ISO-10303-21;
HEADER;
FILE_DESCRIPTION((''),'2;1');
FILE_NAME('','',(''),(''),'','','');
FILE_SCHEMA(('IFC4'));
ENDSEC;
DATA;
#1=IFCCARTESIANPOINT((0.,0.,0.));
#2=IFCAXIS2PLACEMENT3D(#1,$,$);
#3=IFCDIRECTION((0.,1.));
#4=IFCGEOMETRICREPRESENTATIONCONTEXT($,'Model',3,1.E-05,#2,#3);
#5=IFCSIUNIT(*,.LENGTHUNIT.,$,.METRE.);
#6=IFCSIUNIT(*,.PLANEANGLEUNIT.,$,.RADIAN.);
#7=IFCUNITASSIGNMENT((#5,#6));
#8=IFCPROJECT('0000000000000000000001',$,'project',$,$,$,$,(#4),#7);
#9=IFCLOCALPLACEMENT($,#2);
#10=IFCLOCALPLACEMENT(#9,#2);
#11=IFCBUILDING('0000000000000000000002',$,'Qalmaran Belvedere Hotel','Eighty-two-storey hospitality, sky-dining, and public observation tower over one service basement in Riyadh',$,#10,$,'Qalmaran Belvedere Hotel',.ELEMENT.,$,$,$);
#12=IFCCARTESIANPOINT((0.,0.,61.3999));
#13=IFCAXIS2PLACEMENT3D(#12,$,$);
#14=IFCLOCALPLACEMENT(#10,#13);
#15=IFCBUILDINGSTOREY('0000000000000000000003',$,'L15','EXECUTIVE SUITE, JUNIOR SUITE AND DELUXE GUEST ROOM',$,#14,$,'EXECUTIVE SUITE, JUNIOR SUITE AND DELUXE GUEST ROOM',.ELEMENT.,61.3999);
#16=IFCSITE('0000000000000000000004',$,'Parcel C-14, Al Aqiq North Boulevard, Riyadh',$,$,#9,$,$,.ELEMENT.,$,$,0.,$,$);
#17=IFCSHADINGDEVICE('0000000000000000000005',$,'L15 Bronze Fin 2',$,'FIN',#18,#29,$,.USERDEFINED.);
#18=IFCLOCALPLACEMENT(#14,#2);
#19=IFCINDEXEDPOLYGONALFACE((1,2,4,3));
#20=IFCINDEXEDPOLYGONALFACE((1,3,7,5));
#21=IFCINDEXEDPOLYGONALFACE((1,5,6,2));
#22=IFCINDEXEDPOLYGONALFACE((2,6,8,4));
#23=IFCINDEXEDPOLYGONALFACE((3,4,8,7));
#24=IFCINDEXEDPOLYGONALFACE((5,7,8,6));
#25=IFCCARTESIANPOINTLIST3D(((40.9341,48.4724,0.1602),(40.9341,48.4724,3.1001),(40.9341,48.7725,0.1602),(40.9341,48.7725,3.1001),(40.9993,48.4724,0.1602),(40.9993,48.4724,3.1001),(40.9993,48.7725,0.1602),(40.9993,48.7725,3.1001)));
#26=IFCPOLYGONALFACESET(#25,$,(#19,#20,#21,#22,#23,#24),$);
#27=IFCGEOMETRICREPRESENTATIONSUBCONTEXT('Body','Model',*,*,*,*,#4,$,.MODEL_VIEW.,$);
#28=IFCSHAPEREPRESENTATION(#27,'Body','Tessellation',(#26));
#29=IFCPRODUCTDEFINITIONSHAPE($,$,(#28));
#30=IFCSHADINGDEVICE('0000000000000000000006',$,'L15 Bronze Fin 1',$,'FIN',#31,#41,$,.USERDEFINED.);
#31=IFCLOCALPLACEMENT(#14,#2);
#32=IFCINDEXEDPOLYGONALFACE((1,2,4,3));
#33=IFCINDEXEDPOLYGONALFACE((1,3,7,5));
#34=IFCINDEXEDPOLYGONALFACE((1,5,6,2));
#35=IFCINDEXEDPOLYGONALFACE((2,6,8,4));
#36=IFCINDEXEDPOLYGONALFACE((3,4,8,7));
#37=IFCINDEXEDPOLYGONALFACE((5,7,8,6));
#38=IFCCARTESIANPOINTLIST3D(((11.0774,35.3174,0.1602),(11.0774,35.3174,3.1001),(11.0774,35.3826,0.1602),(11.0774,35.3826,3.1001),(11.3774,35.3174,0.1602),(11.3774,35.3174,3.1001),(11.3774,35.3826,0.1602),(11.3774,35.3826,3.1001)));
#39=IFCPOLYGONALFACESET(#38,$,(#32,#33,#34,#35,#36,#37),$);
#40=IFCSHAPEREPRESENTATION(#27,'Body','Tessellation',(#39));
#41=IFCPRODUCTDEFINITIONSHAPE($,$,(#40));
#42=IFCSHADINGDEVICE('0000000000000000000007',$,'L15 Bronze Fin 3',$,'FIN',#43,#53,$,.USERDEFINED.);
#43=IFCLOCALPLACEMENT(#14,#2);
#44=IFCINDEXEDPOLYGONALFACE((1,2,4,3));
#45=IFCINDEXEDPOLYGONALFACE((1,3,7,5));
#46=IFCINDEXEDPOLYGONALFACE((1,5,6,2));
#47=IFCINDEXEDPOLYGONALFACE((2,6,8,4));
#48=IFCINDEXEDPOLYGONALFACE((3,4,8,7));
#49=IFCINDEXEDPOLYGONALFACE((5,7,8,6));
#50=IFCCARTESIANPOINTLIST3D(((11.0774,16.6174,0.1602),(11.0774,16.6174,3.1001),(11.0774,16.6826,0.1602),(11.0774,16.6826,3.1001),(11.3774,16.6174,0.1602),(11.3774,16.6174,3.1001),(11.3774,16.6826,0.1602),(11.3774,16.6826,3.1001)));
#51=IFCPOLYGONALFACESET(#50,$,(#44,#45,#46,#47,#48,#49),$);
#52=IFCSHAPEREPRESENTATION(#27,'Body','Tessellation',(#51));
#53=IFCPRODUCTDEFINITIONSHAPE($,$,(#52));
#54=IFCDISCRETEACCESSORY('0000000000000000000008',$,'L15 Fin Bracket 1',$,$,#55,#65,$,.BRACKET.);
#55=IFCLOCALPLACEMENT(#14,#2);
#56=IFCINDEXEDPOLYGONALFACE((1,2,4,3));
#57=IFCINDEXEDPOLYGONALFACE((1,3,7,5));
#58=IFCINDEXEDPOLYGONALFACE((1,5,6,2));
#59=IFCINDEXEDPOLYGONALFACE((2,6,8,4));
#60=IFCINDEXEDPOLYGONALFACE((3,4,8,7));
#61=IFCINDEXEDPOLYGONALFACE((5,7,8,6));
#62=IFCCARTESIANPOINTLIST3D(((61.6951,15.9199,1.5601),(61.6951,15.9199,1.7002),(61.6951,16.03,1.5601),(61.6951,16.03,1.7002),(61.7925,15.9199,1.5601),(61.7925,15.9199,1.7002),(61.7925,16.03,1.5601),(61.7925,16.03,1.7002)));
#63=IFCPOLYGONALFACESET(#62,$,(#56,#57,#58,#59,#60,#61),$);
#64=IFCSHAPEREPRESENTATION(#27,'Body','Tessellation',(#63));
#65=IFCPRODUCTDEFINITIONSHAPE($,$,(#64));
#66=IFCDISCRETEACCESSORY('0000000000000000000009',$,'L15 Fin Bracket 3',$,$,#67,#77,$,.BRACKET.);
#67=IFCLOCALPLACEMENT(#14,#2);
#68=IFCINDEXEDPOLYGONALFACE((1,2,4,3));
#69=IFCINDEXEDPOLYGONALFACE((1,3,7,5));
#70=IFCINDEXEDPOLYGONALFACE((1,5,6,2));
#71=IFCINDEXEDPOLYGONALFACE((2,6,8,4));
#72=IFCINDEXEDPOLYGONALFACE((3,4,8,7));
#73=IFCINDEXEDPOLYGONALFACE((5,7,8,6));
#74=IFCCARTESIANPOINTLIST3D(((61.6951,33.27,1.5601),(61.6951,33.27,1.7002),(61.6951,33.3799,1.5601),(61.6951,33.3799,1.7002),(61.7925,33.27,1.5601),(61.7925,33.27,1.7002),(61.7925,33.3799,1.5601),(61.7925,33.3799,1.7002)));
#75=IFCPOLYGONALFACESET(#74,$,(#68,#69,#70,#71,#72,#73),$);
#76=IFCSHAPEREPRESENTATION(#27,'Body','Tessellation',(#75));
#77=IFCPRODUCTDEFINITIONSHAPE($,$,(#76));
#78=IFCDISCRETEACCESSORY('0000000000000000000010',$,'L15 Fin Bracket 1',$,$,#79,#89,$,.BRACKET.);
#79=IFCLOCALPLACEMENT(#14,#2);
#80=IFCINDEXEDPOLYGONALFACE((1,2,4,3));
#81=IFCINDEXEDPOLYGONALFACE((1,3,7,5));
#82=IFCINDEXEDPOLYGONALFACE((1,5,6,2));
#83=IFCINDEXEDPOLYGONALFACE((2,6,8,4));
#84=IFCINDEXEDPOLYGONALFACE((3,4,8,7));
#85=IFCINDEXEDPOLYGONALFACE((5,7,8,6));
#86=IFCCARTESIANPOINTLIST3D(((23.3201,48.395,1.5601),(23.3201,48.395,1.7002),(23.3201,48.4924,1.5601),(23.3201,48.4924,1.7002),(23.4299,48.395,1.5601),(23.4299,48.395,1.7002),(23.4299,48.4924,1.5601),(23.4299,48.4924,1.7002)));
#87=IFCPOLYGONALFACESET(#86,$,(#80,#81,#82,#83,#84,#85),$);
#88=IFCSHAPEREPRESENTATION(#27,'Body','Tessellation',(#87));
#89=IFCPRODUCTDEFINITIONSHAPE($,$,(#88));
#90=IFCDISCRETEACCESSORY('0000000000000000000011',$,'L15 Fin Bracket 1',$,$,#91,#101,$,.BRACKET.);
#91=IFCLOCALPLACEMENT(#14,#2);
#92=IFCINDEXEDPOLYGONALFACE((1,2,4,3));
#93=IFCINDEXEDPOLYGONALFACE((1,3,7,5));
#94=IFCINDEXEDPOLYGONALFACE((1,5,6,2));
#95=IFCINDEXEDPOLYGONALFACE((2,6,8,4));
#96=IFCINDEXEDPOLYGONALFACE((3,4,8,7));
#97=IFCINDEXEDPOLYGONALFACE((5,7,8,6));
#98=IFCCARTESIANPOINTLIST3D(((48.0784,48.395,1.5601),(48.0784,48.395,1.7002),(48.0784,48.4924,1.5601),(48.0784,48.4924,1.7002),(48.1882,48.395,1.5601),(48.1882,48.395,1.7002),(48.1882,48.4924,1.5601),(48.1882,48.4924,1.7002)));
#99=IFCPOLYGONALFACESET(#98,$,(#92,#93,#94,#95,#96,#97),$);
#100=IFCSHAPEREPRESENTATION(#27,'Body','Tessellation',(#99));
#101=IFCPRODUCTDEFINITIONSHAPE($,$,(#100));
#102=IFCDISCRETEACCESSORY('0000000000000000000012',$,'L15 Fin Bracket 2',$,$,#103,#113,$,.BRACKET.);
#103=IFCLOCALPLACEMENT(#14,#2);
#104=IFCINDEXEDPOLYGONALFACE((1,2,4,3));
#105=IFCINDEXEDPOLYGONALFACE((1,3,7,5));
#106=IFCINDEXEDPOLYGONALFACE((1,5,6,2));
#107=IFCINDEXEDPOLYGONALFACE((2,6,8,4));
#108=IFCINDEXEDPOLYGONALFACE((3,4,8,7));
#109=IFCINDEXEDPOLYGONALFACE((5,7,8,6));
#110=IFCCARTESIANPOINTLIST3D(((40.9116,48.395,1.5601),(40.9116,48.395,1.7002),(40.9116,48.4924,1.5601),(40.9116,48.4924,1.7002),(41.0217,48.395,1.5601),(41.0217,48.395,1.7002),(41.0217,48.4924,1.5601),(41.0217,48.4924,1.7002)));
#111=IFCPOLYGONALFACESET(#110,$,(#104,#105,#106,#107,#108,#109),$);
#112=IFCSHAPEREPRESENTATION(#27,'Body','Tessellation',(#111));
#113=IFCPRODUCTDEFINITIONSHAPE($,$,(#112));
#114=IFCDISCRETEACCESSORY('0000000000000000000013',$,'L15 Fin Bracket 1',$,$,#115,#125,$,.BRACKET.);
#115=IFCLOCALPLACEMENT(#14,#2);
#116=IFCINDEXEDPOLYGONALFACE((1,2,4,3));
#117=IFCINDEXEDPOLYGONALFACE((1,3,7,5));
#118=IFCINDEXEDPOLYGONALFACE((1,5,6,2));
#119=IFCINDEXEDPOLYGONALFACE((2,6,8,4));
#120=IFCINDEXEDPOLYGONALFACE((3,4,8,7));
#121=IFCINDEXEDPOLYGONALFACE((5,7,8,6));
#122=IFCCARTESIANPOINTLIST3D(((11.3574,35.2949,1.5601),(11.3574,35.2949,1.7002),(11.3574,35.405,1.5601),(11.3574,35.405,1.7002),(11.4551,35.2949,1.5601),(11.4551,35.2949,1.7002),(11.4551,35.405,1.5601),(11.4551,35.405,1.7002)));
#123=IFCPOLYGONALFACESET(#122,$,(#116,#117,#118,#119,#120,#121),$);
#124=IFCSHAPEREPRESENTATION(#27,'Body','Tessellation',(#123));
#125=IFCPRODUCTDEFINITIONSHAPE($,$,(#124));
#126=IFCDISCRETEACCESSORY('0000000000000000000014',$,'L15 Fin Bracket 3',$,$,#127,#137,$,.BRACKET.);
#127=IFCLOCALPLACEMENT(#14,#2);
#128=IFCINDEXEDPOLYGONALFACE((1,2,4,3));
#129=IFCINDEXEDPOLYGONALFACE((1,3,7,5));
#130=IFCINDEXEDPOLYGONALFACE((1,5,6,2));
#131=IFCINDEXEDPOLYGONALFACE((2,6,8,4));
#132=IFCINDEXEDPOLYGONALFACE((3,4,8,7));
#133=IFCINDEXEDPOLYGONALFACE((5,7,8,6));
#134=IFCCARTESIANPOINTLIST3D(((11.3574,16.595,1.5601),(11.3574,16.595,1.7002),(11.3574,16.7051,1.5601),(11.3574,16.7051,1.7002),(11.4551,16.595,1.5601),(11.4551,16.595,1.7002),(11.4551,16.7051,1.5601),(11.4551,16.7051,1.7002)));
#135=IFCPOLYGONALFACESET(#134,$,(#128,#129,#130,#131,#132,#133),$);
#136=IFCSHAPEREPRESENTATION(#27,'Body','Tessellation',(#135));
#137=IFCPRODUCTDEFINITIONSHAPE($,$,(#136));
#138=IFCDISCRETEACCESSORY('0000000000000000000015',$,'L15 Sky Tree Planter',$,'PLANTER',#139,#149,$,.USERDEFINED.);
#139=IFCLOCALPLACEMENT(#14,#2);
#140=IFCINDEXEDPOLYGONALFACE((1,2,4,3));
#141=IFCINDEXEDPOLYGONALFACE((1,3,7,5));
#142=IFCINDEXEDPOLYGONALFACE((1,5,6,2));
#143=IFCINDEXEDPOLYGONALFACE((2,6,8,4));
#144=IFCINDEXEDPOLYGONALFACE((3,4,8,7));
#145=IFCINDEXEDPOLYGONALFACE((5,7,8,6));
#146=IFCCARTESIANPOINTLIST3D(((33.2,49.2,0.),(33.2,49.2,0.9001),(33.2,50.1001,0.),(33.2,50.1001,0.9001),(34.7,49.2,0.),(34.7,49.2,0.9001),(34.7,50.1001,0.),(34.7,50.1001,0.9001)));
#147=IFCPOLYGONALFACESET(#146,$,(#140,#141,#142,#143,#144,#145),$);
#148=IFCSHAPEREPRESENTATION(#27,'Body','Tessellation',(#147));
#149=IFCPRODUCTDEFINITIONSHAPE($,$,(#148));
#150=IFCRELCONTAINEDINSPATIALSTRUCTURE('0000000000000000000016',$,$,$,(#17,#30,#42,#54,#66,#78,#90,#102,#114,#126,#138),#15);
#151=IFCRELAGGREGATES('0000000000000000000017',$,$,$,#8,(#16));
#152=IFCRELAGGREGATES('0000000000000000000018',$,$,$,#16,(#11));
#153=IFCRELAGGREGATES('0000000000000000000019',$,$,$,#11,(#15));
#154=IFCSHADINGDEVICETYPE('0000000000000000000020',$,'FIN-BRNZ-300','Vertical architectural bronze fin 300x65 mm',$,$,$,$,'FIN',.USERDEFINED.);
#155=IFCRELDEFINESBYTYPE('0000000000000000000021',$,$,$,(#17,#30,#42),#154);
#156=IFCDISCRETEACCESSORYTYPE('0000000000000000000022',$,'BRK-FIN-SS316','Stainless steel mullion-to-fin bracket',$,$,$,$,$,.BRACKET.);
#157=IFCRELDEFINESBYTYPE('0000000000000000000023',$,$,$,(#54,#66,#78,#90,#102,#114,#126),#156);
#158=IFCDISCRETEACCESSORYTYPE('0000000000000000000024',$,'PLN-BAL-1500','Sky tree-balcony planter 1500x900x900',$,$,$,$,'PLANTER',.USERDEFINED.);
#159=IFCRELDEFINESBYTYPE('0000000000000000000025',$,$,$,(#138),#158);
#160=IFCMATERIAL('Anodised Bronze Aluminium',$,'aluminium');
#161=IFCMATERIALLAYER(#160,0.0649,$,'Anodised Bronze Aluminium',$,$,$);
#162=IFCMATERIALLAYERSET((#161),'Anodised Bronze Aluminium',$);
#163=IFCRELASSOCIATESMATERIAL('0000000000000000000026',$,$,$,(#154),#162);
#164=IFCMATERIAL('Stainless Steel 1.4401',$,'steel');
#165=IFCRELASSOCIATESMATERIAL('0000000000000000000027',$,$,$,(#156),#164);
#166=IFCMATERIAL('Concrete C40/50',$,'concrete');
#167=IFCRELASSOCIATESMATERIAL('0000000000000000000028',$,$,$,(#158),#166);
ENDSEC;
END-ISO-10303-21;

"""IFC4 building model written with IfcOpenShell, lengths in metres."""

from ifc_helpers import new_model, si_unit, direction, frame, origin, place, context, subcontext, project, spatial, polyline, outline, extrude, material, layer, layer_set, type_object, element, save


model = new_model("IFC4")

# Units and contexts
model_context = context("Model", 3, precision=1e-05, world=origin(), true_north=direction((0.0, 1.0)))
body_context = subcontext(model_context, "Body", "Model", "MODEL_VIEW")
ifc_project = project(units=[si_unit("LENGTHUNIT", "METRE"), si_unit("PLANEANGLEUNIT", "RADIAN")], contexts=[model_context])

# Site, building, storey
site_placement = place(None, origin())
site = spatial("IfcSite", under=ifc_project, at=site_placement, Name="Parcel C-14, Al Aqiq North Boulevard, Riyadh", CompositionType="ELEMENT", RefElevation=0.0)
building_placement = place(site_placement, origin())
building = spatial("IfcBuilding", under=site, at=building_placement, Name="Qalmaran Belvedere Hotel", Description="Eighty-two-storey hospitality, sky-dining, and public observation tower over one service basement in Riyadh", LongName="Qalmaran Belvedere Hotel", CompositionType="ELEMENT")
storey_placement = place(building_placement, frame((0.0, 0.0, 61.3999)))
storey = spatial("IfcBuildingStorey", under=building, at=storey_placement, Name="L15", Description="EXECUTIVE SUITE, JUNIOR SUITE AND DELUXE GUEST ROOM", LongName="EXECUTIVE SUITE, JUNIOR SUITE AND DELUXE GUEST ROOM", CompositionType="ELEMENT", Elevation=61.3999)

# Shared definitions
ifc_material_1 = material(Name="Anodised Bronze Aluminium", Category="aluminium")

# Shared definitions
ifc_material_2 = material(Name="Concrete C40/50", Category="concrete")

# Shading devices
ifc_layer_1 = layer(ifc_material_1, 0.0649, Name="Anodised Bronze Aluminium")
ifc_layer_set_1 = layer_set([ifc_layer_1], Name="Anodised Bronze Aluminium")
shading_device_type = type_object("IfcShadingDeviceType", Name="FIN-BRNZ-300", Description="Vertical architectural bronze fin 300x65 mm", ElementType="FIN", PredefinedType="USERDEFINED", material=ifc_layer_set_1)
shading_device_1_placement = place(storey_placement, frame((0.0, 0.0, 0.1602)))
element("IfcShadingDevice", 1, at=shading_device_1_placement, inside=storey, type_object=shading_device_type, Name="L15 Bronze Fin 2", ObjectType="FIN", PredefinedType="USERDEFINED", context=body_context, shape_type="SweptSolid", body=[
    extrude(outline(polyline([(40.9993, 48.4724), (40.9993, 48.7725), (40.9341, 48.7725), (40.9341, 48.4724), (40.9993, 48.4724)])), origin(), (0.0, 0.0, 1.0), 2.9399),
])
shading_device_2_placement = place(storey_placement, frame((0.0, 0.0, 0.1602)))
element("IfcShadingDevice", 2, at=shading_device_2_placement, inside=storey, type_object=shading_device_type, Name="L15 Bronze Fin 1", ObjectType="FIN", PredefinedType="USERDEFINED", context=body_context, shape_type="SweptSolid", body=[
    extrude(outline(polyline([(11.3774, 35.3826), (11.0774, 35.3826), (11.0774, 35.3174), (11.3774, 35.3174), (11.3774, 35.3826)])), origin(), (0.0, 0.0, 1.0), 2.9399),
])
shading_device_3_placement = place(storey_placement, frame((0.0, 0.0, 0.1602)))
element("IfcShadingDevice", 3, at=shading_device_3_placement, inside=storey, type_object=shading_device_type, Name="L15 Bronze Fin 3", ObjectType="FIN", PredefinedType="USERDEFINED", context=body_context, shape_type="SweptSolid", body=[
    extrude(outline(polyline([(11.3774, 16.6826), (11.0774, 16.6826), (11.0774, 16.6174), (11.3774, 16.6174), (11.3774, 16.6826)])), origin(), (0.0, 0.0, 1.0), 2.9399),
])

# Discrete accessories
ifc_material_3 = material(Name="Stainless Steel 1.4401", Category="steel")
discrete_accessory_type_1 = type_object("IfcDiscreteAccessoryType", Name="BRK-FIN-SS316", Description="Stainless steel mullion-to-fin bracket", PredefinedType="BRACKET", material=ifc_material_3)
discrete_accessory_1_placement = place(storey_placement, frame((0.0, 0.0, 1.5601)))
element("IfcDiscreteAccessory", 4, at=discrete_accessory_1_placement, inside=storey, type_object=discrete_accessory_type_1, Name="L15 Fin Bracket 1", PredefinedType="BRACKET", context=body_context, shape_type="SweptSolid", body=[
    extrude(outline(polyline([(61.6951, 15.9199), (61.7925, 15.9199), (61.7925, 16.03), (61.6951, 16.03), (61.6951, 15.9199)])), origin(), (0.0, 0.0, 1.0), 0.1401),
])
discrete_accessory_2_placement = place(storey_placement, frame((0.0, 0.0, 1.5601)))
element("IfcDiscreteAccessory", 5, at=discrete_accessory_2_placement, inside=storey, type_object=discrete_accessory_type_1, Name="L15 Fin Bracket 3", PredefinedType="BRACKET", context=body_context, shape_type="SweptSolid", body=[
    extrude(outline(polyline([(61.6951, 33.27), (61.7925, 33.27), (61.7925, 33.3799), (61.6951, 33.3799), (61.6951, 33.27)])), origin(), (0.0, 0.0, 1.0), 0.1401),
])
discrete_accessory_3_placement = place(storey_placement, frame((0.0, 0.0, 1.5601)))
element("IfcDiscreteAccessory", 6, at=discrete_accessory_3_placement, inside=storey, type_object=discrete_accessory_type_1, Name="L15 Fin Bracket 1", PredefinedType="BRACKET", context=body_context, shape_type="SweptSolid", body=[
    extrude(outline(polyline([(23.4299, 48.395), (23.4299, 48.4924), (23.3201, 48.4924), (23.3201, 48.395), (23.4299, 48.395)])), origin(), (0.0, 0.0, 1.0), 0.1401),
])
discrete_accessory_4_placement = place(storey_placement, frame((0.0, 0.0, 1.5601)))
element("IfcDiscreteAccessory", 7, at=discrete_accessory_4_placement, inside=storey, type_object=discrete_accessory_type_1, Name="L15 Fin Bracket 1", PredefinedType="BRACKET", context=body_context, shape_type="SweptSolid", body=[
    extrude(outline(polyline([(48.1882, 48.395), (48.1882, 48.4924), (48.0784, 48.4924), (48.0784, 48.395), (48.1882, 48.395)])), origin(), (0.0, 0.0, 1.0), 0.1401),
])
discrete_accessory_5_placement = place(storey_placement, frame((0.0, 0.0, 1.5601)))
element("IfcDiscreteAccessory", 8, at=discrete_accessory_5_placement, inside=storey, type_object=discrete_accessory_type_1, Name="L15 Fin Bracket 2", PredefinedType="BRACKET", context=body_context, shape_type="SweptSolid", body=[
    extrude(outline(polyline([(41.0217, 48.395), (41.0217, 48.4924), (40.9116, 48.4924), (40.9116, 48.395), (41.0217, 48.395)])), origin(), (0.0, 0.0, 1.0), 0.1401),
])
discrete_accessory_6_placement = place(storey_placement, frame((0.0, 0.0, 1.5601)))
element("IfcDiscreteAccessory", 9, at=discrete_accessory_6_placement, inside=storey, type_object=discrete_accessory_type_1, Name="L15 Fin Bracket 1", PredefinedType="BRACKET", context=body_context, shape_type="SweptSolid", body=[
    extrude(outline(polyline([(11.4551, 35.405), (11.3574, 35.405), (11.3574, 35.2949), (11.4551, 35.2949), (11.4551, 35.405)])), origin(), (0.0, 0.0, 1.0), 0.1401),
])
discrete_accessory_7_placement = place(storey_placement, frame((0.0, 0.0, 1.5601)))
element("IfcDiscreteAccessory", 10, at=discrete_accessory_7_placement, inside=storey, type_object=discrete_accessory_type_1, Name="L15 Fin Bracket 3", PredefinedType="BRACKET", context=body_context, shape_type="SweptSolid", body=[
    extrude(outline(polyline([(11.4551, 16.7051), (11.3574, 16.7051), (11.3574, 16.595), (11.4551, 16.595), (11.4551, 16.7051)])), origin(), (0.0, 0.0, 1.0), 0.1401),
])
discrete_accessory_type_2 = type_object("IfcDiscreteAccessoryType", Name="PLN-BAL-1500", Description="Sky tree-balcony planter 1500x900x900", ElementType="PLANTER", PredefinedType="USERDEFINED", material=ifc_material_2)
discrete_accessory_8_placement = place(storey_placement, origin())
element("IfcDiscreteAccessory", 11, at=discrete_accessory_8_placement, inside=storey, type_object=discrete_accessory_type_2, Name="L15 Sky Tree Planter", ObjectType="PLANTER", PredefinedType="USERDEFINED", context=body_context, shape_type="SweptSolid", body=[
    extrude(outline(polyline([(33.2, 49.2), (34.7, 49.2), (34.7, 50.1001), (33.2, 50.1001), (33.2, 49.2)])), origin(), (0.0, 0.0, 1.0), 0.9001),
])

save(model, "model.ifc")
